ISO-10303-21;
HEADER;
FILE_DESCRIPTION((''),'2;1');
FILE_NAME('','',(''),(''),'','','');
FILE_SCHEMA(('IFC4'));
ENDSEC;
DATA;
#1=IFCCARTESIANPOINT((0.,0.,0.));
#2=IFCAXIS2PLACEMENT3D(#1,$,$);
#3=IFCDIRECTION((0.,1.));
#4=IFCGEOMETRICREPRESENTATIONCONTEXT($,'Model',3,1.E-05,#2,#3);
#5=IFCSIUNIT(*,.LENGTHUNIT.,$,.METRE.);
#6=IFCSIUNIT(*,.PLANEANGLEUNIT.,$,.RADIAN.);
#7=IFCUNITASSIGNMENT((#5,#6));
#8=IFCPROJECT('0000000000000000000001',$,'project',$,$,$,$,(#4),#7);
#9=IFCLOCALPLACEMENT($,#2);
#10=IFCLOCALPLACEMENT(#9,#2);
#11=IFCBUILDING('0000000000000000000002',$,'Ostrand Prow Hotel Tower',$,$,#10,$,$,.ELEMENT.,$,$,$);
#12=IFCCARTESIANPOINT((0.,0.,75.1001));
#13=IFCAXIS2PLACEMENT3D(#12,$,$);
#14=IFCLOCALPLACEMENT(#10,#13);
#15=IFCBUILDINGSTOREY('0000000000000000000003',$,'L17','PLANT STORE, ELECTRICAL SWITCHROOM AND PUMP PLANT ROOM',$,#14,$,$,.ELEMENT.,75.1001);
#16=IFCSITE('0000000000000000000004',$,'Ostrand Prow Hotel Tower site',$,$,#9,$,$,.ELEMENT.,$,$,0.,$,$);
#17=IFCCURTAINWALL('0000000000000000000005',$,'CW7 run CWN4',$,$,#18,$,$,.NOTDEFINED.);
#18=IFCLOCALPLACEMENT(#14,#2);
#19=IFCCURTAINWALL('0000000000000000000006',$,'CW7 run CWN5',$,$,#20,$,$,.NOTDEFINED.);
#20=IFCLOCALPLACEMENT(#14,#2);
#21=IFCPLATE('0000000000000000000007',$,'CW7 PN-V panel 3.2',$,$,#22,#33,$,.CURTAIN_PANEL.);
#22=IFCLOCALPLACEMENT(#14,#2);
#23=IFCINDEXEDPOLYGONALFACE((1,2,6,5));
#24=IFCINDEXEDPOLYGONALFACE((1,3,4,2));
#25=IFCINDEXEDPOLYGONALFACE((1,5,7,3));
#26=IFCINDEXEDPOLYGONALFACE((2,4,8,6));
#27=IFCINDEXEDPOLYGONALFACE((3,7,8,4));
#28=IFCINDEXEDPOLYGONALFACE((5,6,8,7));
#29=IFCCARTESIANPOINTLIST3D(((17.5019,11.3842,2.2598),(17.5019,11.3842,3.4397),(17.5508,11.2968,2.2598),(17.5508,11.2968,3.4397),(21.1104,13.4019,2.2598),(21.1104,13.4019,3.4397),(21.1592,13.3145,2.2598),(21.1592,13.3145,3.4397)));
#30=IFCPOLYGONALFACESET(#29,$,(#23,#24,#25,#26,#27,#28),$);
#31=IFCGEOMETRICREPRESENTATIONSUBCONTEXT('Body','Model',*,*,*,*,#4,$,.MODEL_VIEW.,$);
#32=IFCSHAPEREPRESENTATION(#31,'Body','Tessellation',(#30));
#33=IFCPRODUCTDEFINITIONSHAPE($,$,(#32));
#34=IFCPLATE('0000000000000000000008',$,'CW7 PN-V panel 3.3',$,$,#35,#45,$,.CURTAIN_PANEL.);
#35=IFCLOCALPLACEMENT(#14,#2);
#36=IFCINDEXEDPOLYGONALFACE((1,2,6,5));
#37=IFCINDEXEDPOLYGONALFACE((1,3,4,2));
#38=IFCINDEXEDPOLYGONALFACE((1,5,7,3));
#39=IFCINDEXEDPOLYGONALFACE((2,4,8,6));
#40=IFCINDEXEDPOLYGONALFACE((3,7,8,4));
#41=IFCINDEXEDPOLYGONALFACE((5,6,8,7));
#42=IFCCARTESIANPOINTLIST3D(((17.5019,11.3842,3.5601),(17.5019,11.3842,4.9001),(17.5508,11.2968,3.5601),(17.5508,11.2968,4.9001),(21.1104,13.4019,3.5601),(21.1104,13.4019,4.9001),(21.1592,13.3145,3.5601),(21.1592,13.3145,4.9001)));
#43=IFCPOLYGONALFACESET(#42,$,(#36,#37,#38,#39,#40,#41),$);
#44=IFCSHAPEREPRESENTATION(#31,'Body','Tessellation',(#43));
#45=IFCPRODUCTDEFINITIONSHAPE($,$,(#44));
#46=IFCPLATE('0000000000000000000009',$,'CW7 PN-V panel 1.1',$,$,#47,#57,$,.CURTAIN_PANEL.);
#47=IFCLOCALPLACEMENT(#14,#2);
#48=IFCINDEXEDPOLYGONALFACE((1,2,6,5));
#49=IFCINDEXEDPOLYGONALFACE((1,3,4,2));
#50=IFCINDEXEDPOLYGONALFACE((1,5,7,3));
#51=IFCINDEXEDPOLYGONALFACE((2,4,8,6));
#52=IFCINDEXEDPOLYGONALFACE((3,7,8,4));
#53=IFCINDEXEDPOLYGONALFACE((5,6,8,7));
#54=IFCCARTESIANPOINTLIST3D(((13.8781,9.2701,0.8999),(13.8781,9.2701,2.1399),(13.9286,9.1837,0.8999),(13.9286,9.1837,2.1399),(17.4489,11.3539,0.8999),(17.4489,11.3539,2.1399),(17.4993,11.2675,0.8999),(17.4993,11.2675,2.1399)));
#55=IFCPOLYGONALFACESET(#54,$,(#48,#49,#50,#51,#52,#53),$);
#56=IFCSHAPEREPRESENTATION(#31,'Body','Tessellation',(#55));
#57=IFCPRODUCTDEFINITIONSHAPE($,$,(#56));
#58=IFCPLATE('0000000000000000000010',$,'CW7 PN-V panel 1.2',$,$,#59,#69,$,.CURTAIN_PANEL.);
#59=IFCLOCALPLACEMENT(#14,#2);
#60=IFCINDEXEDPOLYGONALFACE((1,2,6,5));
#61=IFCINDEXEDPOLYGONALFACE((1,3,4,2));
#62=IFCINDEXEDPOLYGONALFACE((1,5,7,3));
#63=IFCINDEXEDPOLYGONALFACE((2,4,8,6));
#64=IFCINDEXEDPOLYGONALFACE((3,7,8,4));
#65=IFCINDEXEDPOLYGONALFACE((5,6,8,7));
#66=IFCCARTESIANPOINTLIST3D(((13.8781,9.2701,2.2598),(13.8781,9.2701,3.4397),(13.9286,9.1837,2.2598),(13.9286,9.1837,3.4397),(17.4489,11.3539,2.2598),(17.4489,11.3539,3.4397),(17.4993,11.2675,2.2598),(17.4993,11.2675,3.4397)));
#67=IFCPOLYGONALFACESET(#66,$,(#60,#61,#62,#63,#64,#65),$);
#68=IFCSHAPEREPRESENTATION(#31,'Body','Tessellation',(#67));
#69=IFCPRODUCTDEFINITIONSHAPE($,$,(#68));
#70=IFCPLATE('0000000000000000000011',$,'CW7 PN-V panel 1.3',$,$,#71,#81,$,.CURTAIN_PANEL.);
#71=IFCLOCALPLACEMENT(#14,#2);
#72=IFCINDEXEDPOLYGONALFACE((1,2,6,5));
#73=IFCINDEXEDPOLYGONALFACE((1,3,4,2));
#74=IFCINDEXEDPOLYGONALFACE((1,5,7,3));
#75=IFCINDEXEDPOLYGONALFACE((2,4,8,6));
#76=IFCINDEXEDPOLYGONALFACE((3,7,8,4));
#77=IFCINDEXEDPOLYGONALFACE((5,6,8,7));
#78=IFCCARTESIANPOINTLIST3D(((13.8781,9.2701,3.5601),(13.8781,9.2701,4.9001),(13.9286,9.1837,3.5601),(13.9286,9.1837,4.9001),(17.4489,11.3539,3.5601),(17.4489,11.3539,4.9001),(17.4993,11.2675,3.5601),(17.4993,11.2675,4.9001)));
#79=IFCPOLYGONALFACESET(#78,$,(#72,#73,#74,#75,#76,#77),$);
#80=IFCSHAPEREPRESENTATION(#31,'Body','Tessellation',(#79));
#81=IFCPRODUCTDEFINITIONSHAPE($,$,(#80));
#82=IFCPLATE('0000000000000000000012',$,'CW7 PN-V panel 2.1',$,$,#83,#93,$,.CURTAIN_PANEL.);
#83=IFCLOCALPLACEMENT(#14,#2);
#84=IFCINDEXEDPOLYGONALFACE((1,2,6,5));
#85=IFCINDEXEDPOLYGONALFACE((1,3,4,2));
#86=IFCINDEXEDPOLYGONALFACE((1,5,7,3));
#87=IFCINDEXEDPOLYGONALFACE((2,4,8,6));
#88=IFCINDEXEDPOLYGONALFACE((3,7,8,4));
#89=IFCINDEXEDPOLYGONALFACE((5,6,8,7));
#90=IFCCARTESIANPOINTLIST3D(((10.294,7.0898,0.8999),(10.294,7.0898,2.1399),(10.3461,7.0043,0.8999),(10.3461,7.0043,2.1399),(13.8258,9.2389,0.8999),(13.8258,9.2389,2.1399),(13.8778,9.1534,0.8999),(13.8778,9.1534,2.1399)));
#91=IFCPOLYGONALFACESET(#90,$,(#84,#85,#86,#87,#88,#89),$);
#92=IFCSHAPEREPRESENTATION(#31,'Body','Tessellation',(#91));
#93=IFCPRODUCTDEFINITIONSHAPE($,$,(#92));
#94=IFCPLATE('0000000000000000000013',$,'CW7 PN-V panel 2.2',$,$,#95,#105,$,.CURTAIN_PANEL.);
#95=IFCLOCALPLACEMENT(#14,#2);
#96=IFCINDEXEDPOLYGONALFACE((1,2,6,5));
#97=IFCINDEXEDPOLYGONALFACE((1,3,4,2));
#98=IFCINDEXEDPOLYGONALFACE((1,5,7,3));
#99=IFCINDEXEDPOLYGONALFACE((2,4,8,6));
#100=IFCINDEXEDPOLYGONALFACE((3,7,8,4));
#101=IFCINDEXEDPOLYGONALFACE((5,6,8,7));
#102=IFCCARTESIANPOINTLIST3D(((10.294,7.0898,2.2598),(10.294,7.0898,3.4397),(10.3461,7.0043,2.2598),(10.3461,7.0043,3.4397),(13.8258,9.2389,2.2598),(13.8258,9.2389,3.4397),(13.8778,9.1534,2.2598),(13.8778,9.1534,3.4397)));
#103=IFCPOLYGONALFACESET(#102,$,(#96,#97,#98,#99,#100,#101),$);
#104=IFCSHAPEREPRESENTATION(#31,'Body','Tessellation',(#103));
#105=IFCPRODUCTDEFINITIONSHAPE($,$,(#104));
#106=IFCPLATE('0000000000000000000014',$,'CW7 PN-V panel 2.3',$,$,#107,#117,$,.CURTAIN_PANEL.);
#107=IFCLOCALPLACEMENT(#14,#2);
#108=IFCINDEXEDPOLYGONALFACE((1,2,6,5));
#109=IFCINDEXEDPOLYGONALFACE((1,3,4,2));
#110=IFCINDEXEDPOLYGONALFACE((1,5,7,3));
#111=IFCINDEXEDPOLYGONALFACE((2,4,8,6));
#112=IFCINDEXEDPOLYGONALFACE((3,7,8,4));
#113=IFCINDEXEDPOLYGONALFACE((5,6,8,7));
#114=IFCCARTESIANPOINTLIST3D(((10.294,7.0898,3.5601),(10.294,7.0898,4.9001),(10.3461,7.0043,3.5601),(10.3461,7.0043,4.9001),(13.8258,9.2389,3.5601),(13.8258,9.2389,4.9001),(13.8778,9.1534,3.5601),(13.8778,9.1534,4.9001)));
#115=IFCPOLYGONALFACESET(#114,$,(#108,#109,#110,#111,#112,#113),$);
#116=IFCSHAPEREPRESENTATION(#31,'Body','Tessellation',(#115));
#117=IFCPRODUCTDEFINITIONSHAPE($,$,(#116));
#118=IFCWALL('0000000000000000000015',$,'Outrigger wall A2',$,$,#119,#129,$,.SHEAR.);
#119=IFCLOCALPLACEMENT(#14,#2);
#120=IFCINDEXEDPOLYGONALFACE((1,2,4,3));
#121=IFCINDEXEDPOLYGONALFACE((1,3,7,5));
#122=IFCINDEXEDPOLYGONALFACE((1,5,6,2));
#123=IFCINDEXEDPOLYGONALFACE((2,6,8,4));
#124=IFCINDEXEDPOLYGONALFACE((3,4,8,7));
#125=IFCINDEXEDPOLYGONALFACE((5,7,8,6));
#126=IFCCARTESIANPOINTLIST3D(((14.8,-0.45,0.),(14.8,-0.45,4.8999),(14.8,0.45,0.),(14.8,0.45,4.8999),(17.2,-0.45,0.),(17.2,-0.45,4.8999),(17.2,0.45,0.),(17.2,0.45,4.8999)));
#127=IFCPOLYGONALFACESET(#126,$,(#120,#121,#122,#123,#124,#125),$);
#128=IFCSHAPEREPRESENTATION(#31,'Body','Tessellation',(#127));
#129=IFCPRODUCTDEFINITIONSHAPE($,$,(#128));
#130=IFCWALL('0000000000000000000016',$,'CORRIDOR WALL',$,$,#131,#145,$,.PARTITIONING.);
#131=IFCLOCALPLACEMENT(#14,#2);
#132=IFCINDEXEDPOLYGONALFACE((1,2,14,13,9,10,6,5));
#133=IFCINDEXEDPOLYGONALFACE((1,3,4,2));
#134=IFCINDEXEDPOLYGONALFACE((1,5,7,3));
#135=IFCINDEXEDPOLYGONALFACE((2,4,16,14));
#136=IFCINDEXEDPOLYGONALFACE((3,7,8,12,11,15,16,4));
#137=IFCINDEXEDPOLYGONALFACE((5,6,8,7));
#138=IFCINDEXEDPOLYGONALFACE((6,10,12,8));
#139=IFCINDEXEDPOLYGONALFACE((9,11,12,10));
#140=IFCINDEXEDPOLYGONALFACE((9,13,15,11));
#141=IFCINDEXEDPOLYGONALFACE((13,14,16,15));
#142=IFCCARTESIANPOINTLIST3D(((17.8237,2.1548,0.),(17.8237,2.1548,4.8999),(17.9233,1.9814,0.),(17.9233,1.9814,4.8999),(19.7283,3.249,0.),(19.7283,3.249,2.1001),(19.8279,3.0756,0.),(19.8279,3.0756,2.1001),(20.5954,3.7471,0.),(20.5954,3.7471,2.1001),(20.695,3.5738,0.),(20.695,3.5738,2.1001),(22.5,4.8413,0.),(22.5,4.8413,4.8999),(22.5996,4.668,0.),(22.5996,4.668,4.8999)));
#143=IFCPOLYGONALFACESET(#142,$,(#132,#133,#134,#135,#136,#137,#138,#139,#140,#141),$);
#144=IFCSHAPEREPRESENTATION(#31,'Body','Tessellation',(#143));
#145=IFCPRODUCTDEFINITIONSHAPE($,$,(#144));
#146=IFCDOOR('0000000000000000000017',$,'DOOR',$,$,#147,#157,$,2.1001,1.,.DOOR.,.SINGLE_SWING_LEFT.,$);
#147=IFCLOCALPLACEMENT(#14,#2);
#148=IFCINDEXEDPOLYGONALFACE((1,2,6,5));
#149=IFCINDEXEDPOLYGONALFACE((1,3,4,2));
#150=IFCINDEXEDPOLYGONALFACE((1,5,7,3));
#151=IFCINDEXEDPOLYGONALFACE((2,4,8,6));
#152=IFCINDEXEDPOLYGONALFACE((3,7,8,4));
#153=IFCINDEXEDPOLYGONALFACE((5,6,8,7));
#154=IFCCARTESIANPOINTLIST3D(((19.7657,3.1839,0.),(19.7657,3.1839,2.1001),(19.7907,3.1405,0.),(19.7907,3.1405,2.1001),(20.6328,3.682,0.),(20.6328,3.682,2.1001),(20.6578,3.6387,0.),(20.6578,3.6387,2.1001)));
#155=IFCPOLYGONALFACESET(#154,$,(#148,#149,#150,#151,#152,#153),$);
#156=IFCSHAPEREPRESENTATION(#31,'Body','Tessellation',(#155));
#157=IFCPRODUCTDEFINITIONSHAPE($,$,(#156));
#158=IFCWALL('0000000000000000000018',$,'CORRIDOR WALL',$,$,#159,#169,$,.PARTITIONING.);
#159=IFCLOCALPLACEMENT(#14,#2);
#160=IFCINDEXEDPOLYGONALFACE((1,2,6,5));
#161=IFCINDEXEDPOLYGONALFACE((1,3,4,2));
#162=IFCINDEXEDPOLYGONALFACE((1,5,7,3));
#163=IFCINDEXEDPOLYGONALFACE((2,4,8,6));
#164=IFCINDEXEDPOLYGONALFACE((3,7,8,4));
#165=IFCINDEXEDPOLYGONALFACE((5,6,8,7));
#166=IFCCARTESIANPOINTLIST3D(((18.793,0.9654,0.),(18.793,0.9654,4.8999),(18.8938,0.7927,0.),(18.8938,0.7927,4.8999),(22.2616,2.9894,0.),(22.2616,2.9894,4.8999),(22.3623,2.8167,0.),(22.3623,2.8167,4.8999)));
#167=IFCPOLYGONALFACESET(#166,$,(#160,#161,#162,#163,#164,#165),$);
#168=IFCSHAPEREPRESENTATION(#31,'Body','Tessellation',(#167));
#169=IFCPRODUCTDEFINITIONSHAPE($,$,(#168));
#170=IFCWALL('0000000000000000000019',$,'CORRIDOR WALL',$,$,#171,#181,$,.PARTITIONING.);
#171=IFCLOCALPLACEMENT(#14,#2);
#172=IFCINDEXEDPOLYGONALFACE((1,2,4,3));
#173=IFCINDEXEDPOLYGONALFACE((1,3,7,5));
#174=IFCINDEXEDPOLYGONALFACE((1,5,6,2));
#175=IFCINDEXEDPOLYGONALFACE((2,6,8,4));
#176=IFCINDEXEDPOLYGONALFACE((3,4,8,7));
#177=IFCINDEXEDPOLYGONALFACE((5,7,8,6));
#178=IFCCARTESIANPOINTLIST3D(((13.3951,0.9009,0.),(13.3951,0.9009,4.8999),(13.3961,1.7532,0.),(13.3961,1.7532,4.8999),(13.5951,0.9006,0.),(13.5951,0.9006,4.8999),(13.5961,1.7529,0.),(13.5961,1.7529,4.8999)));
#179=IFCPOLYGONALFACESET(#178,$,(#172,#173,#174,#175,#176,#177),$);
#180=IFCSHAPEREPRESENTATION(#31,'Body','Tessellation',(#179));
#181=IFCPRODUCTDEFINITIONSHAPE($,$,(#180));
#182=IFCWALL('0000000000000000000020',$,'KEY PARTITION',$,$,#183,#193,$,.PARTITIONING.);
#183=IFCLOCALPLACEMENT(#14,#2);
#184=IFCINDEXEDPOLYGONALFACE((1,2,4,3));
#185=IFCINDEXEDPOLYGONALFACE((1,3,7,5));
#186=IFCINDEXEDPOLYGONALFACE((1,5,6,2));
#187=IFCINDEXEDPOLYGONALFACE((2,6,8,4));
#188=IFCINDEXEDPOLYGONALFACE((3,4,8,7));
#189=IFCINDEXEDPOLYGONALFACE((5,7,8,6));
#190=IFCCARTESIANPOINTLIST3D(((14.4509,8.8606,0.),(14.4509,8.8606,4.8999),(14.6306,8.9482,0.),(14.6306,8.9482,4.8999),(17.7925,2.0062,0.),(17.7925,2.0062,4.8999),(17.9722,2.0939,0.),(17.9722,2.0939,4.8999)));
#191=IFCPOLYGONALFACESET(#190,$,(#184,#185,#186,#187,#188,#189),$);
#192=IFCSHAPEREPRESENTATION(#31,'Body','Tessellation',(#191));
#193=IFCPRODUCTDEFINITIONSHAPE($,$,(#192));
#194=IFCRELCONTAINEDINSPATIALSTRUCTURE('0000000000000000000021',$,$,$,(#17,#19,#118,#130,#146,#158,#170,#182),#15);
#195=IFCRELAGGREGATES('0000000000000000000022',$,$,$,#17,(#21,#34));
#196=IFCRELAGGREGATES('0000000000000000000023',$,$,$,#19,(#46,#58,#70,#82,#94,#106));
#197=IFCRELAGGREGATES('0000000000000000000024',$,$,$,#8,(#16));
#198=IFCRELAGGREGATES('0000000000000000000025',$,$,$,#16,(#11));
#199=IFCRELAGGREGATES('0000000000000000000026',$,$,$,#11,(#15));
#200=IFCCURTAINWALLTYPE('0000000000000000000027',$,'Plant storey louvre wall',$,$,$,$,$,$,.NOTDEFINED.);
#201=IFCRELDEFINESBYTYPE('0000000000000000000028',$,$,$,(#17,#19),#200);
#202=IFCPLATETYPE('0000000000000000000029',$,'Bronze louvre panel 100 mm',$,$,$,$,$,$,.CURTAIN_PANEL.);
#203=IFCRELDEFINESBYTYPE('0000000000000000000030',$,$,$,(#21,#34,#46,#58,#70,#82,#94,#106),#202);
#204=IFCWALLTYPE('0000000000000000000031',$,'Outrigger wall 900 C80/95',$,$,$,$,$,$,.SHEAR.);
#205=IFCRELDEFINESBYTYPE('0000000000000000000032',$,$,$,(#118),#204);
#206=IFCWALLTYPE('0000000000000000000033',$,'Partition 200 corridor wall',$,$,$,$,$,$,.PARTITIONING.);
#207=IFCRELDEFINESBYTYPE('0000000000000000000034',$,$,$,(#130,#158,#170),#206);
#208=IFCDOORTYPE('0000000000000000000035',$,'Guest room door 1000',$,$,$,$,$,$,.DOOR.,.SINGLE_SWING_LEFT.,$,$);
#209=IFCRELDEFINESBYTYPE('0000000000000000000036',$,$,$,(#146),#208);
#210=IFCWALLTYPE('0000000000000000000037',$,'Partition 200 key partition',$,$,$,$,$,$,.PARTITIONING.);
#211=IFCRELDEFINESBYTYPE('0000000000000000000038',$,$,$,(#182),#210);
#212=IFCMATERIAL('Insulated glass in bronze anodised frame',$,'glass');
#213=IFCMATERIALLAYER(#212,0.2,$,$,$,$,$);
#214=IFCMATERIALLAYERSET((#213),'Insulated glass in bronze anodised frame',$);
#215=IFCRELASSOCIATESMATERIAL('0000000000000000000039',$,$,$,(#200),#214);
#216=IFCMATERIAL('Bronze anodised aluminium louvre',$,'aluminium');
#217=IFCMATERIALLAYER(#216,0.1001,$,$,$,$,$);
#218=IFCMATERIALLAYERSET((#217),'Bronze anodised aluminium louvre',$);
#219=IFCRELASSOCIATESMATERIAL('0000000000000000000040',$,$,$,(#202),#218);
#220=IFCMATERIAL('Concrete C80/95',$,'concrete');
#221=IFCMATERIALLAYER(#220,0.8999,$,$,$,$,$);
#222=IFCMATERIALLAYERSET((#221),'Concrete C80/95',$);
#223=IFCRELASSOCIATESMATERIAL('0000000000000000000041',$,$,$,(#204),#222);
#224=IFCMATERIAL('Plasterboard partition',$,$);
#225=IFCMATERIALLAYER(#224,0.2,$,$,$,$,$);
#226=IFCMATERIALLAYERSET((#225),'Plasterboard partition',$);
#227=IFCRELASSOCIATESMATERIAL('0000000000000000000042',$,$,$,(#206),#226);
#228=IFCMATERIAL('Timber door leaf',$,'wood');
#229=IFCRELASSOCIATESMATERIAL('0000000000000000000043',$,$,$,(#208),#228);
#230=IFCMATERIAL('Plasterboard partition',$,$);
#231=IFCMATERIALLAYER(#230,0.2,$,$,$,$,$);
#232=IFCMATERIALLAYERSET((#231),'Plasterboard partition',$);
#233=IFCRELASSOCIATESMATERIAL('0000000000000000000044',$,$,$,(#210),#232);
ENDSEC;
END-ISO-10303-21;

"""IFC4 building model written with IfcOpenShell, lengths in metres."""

from ifc_helpers import new_model, si_unit, direction, frame, frame_2d, origin, origin_2d, place, context, subcontext, project, spatial, rectangle, extrude, material, layer, layer_set, type_object, element, fill, aggregate, save


model = new_model("IFC4")

# Units and contexts
model_context = context("Model", 3, precision=1e-05, world=origin(), true_north=direction((0.0, 1.0)))
body_context = subcontext(model_context, "Body", "Model", "MODEL_VIEW")
ifc_project = project(units=[si_unit("LENGTHUNIT", "METRE"), si_unit("PLANEANGLEUNIT", "RADIAN")], contexts=[model_context])

# Site, building, storey
site_placement = place(None, origin())
site = spatial("IfcSite", under=ifc_project, at=site_placement, Name="Ostrand Prow Hotel Tower site", CompositionType="ELEMENT", RefElevation=0.0)
building_placement = place(site_placement, origin())
building = spatial("IfcBuilding", under=site, at=building_placement, Name="Ostrand Prow Hotel Tower", CompositionType="ELEMENT")
storey_placement = place(building_placement, frame((0.0, 0.0, 75.1001)))
storey = spatial("IfcBuildingStorey", under=building, at=storey_placement, Name="L17", Description="PLANT STORE, ELECTRICAL SWITCHROOM AND PUMP PLANT ROOM", CompositionType="ELEMENT", Elevation=75.1001)

# Curtain wall
ifc_material_1 = material(Name="Insulated glass in bronze anodised frame", Category="glass")
ifc_layer_1 = layer(ifc_material_1, 0.2)
ifc_layer_set_1 = layer_set([ifc_layer_1], Name="Insulated glass in bronze anodised frame")
curtain_wall_type = type_object("IfcCurtainWallType", Name="Plant storey louvre wall", PredefinedType="NOTDEFINED", material=ifc_layer_set_1)
curtain_wall_1_placement = place(storey_placement, origin())
curtain_wall_1 = element("IfcCurtainWall", 1, at=curtain_wall_1_placement, inside=storey, type_object=curtain_wall_type, Name="CW7 run CWN4", PredefinedType="NOTDEFINED")

# Curtain wall
curtain_wall_2_placement = place(storey_placement, origin())
curtain_wall_2 = element("IfcCurtainWall", 2, at=curtain_wall_2_placement, inside=storey, type_object=curtain_wall_type, Name="CW7 run CWN5", PredefinedType="NOTDEFINED")

# Plates
ifc_material_2 = material(Name="Bronze anodised aluminium louvre", Category="aluminium")
ifc_layer_2 = layer(ifc_material_2, 0.1001)
ifc_layer_set_2 = layer_set([ifc_layer_2], Name="Bronze anodised aluminium louvre")
plate_type = type_object("IfcPlateType", Name="Bronze louvre panel 100 mm", PredefinedType="CURTAIN_PANEL", material=ifc_layer_set_2)
plate_1_placement = place(storey_placement, frame((19.3306, 12.3494, 2.2598), z_axis=(0.0, 0.0, 1.0), x_axis=(-0.872819, -0.488044, 0.0)))
plate_1 = element("IfcPlate", 3, at=plate_1_placement, type_object=plate_type, Name="CW7 PN-V panel 3.2", PredefinedType="CURTAIN_PANEL", context=body_context, shape_type="SweptSolid", body=[
    extrude(rectangle(XDim=4.1343, YDim=0.1001, at=origin_2d()), origin(), (0.0, 0.0, 1.0), 1.1799),
])
plate_2_placement = place(storey_placement, frame((19.3306, 12.3494, 3.5601), z_axis=(0.0, 0.0, 1.0), x_axis=(-0.872819, -0.488044, 0.0)))
plate_2 = element("IfcPlate", 4, at=plate_2_placement, type_object=plate_type, Name="CW7 PN-V panel 3.3", PredefinedType="CURTAIN_PANEL", context=body_context, shape_type="SweptSolid", body=[
    extrude(rectangle(XDim=4.1343, YDim=0.1001, at=origin_2d()), origin(), (0.0, 0.0, 1.0), 1.3401),
])
aggregate(curtain_wall_1, [plate_1, plate_2])
plate_3_placement = place(storey_placement, frame((15.6887, 10.2688, 0.8999), z_axis=(0.0, 0.0, 1.0), x_axis=(-0.86369, -0.504023, 0.0)))
plate_3 = element("IfcPlate", 5, at=plate_3_placement, type_object=plate_type, Name="CW7 PN-V panel 1.1", PredefinedType="CURTAIN_PANEL", context=body_context, shape_type="SweptSolid", body=[
    extrude(rectangle(XDim=4.1343, YDim=0.1001, at=origin_2d()), origin(), (0.0, 0.0, 1.0), 1.24),
])
plate_4_placement = place(storey_placement, frame((15.6887, 10.2688, 2.2598), z_axis=(0.0, 0.0, 1.0), x_axis=(-0.86369, -0.504023, 0.0)))
plate_4 = element("IfcPlate", 6, at=plate_4_placement, type_object=plate_type, Name="CW7 PN-V panel 1.2", PredefinedType="CURTAIN_PANEL", context=body_context, shape_type="SweptSolid", body=[
    extrude(rectangle(XDim=4.1343, YDim=0.1001, at=origin_2d()), origin(), (0.0, 0.0, 1.0), 1.1799),
])
plate_5_placement = place(storey_placement, frame((15.6887, 10.2688, 3.5601), z_axis=(0.0, 0.0, 1.0), x_axis=(-0.86369, -0.504023, 0.0)))
plate_5 = element("IfcPlate", 7, at=plate_5_placement, type_object=plate_type, Name="CW7 PN-V panel 1.3", PredefinedType="CURTAIN_PANEL", context=body_context, shape_type="SweptSolid", body=[
    extrude(rectangle(XDim=4.1343, YDim=0.1001, at=origin_2d()), origin(), (0.0, 0.0, 1.0), 1.3401),
])
plate_6_placement = place(storey_placement, frame((12.0859, 8.1216, 0.8999), z_axis=(0.0, 0.0, 1.0), x_axis=(-0.854269, -0.519831, 0.0)))
plate_6 = element("IfcPlate", 8, at=plate_6_placement, type_object=plate_type, Name="CW7 PN-V panel 2.1", PredefinedType="CURTAIN_PANEL", context=body_context, shape_type="SweptSolid", body=[
    extrude(rectangle(XDim=4.1343, YDim=0.1001, at=origin_2d()), origin(), (0.0, 0.0, 1.0), 1.24),
])
plate_7_placement = place(storey_placement, frame((12.0859, 8.1216, 2.2598), z_axis=(0.0, 0.0, 1.0), x_axis=(-0.854269, -0.519831, 0.0)))
plate_7 = element("IfcPlate", 9, at=plate_7_placement, type_object=plate_type, Name="CW7 PN-V panel 2.2", PredefinedType="CURTAIN_PANEL", context=body_context, shape_type="SweptSolid", body=[
    extrude(rectangle(XDim=4.1343, YDim=0.1001, at=origin_2d()), origin(), (0.0, 0.0, 1.0), 1.1799),
])
plate_8_placement = place(storey_placement, frame((12.0859, 8.1216, 3.5601), z_axis=(0.0, 0.0, 1.0), x_axis=(-0.854269, -0.519831, 0.0)))
plate_8 = element("IfcPlate", 10, at=plate_8_placement, type_object=plate_type, Name="CW7 PN-V panel 2.3", PredefinedType="CURTAIN_PANEL", context=body_context, shape_type="SweptSolid", body=[
    extrude(rectangle(XDim=4.1343, YDim=0.1001, at=origin_2d()), origin(), (0.0, 0.0, 1.0), 1.3401),
])
aggregate(curtain_wall_2, [plate_3, plate_4, plate_5, plate_6, plate_7, plate_8])

# Wall
ifc_material_3 = material(Name="Concrete C80/95", Category="concrete")
ifc_layer_3 = layer(ifc_material_3, 0.8999)
ifc_layer_set_3 = layer_set([ifc_layer_3], Name="Concrete C80/95")
wall_type_1 = type_object("IfcWallType", Name="Outrigger wall 900 C80/95", PredefinedType="SHEAR", material=ifc_layer_set_3)
wall_1_placement = place(storey_placement, frame((14.8, 0.0, 0.0), z_axis=(0.0, 0.0, 1.0), x_axis=(1.0, 0.0, 0.0)))
element("IfcWall", 11, at=wall_1_placement, inside=storey, type_object=wall_type_1, Name="Outrigger wall A2", PredefinedType="SHEAR", context=body_context, shape_type="SweptSolid", body=[
    extrude(rectangle(XDim=2.3999, YDim=0.8999, at=frame_2d((1.2, 0.0))), origin(), (0.0, 0.0, 1.0), 4.8999),
])

# Wall, opening, door
ifc_material_4 = material(Name="Plasterboard partition")
ifc_layer_4 = layer(ifc_material_4, 0.2)
ifc_layer_set_4 = layer_set([ifc_layer_4], Name="Plasterboard partition")
wall_type_2 = type_object("IfcWallType", Name="Partition 200 corridor wall", PredefinedType="PARTITIONING", material=ifc_layer_set_4)
wall_2_placement = place(storey_placement, frame((17.8735, 2.0681, 0.0), z_axis=(0.0, 0.0, 1.0), x_axis=(0.867093, 0.498146, 0.0)))
wall_2 = element("IfcWall", 12, at=wall_2_placement, inside=storey, type_object=wall_type_2, Name="CORRIDOR WALL", PredefinedType="PARTITIONING", context=body_context, shape_type="SweptSolid", body=[
    extrude(rectangle(XDim=5.3931, YDim=0.2, at=frame_2d((2.6965, 0.0))), origin(), (0.0, 0.0, 1.0), 4.8999),
])
opening_placement = place(wall_2_placement, frame((2.1965, 0.0, 0.0)))
opening = element("IfcOpeningElement", 13, at=opening_placement, cuts=wall_2, PredefinedType="OPENING", context=body_context, shape_type="SweptSolid", body=[
    extrude(rectangle(XDim=1.0, YDim=2.1001, at=frame_2d((0.5, 1.05))), frame((0.0, 0.1099, 0.0), z_axis=(0.0, -1.0, 0.0), x_axis=(1.0, 0.0, 0.0)), (0.0, 0.0, 1.0), 0.22),
])
ifc_material_5 = material(Name="Timber door leaf", Category="wood")
door_type = type_object("IfcDoorType", Name="Guest room door 1000", OperationType="SINGLE_SWING_LEFT", PredefinedType="DOOR", material=ifc_material_5)
door_placement = place(opening_placement, origin())
door = element("IfcDoor", 14, at=door_placement, inside=storey, type_object=door_type, Name="DOOR", OperationType="SINGLE_SWING_LEFT", OverallHeight=2.1001, OverallWidth=1.0, PredefinedType="DOOR", context=body_context, shape_type="SweptSolid", body=[
    extrude(rectangle(XDim=1.0, YDim=2.1001, at=frame_2d((0.5, 1.05))), frame((0.0, 0.0249, 0.0), z_axis=(0.0, -1.0, 0.0), x_axis=(1.0, 0.0, 0.0)), (0.0, 0.0, 1.0), 0.05),
])
fill(opening, door)

# Walls
wall_3_placement = place(storey_placement, frame((18.8435, 0.8792, 0.0), z_axis=(0.0, 0.0, 1.0), x_axis=(0.863711, 0.503988, 0.0)))
element("IfcWall", 15, at=wall_3_placement, inside=storey, type_object=wall_type_2, Name="CORRIDOR WALL", PredefinedType="PARTITIONING", context=body_context, shape_type="SweptSolid", body=[
    extrude(rectangle(XDim=4.0159, YDim=0.2, at=frame_2d((2.0078, 0.0))), origin(), (0.0, 0.0, 1.0), 4.8999),
])
wall_4_placement = place(storey_placement, frame((13.4961, 1.7532, 0.0), z_axis=(0.0, 0.0, 1.0), x_axis=(-0.001146, -0.999999, 0.0)))
element("IfcWall", 16, at=wall_4_placement, inside=storey, type_object=wall_type_2, Name="CORRIDOR WALL", PredefinedType="PARTITIONING", context=body_context, shape_type="SweptSolid", body=[
    extrude(rectangle(XDim=0.8523, YDim=0.2, at=frame_2d((0.4263, 0.0))), origin(), (0.0, 0.0, 1.0), 4.8999),
])
ifc_material_6 = material(Name="Plasterboard partition")
ifc_layer_5 = layer(ifc_material_6, 0.2)
ifc_layer_set_5 = layer_set([ifc_layer_5], Name="Plasterboard partition")
wall_type_3 = type_object("IfcWallType", Name="Partition 200 key partition", PredefinedType="PARTITIONING", material=ifc_layer_set_5)
wall_5_placement = place(storey_placement, frame((17.8823, 2.05, 0.0), z_axis=(0.0, 0.0, 1.0), x_axis=(-0.438214, 0.898871, 0.0)))
element("IfcWall", 17, at=wall_5_placement, inside=storey, type_object=wall_type_3, Name="KEY PARTITION", PredefinedType="PARTITIONING", context=body_context, shape_type="SweptSolid", body=[
    extrude(rectangle(XDim=7.6255, YDim=0.2, at=frame_2d((3.8127, 0.0))), origin(), (0.0, 0.0, 1.0), 4.8999),
])

save(model, "model.ifc")
